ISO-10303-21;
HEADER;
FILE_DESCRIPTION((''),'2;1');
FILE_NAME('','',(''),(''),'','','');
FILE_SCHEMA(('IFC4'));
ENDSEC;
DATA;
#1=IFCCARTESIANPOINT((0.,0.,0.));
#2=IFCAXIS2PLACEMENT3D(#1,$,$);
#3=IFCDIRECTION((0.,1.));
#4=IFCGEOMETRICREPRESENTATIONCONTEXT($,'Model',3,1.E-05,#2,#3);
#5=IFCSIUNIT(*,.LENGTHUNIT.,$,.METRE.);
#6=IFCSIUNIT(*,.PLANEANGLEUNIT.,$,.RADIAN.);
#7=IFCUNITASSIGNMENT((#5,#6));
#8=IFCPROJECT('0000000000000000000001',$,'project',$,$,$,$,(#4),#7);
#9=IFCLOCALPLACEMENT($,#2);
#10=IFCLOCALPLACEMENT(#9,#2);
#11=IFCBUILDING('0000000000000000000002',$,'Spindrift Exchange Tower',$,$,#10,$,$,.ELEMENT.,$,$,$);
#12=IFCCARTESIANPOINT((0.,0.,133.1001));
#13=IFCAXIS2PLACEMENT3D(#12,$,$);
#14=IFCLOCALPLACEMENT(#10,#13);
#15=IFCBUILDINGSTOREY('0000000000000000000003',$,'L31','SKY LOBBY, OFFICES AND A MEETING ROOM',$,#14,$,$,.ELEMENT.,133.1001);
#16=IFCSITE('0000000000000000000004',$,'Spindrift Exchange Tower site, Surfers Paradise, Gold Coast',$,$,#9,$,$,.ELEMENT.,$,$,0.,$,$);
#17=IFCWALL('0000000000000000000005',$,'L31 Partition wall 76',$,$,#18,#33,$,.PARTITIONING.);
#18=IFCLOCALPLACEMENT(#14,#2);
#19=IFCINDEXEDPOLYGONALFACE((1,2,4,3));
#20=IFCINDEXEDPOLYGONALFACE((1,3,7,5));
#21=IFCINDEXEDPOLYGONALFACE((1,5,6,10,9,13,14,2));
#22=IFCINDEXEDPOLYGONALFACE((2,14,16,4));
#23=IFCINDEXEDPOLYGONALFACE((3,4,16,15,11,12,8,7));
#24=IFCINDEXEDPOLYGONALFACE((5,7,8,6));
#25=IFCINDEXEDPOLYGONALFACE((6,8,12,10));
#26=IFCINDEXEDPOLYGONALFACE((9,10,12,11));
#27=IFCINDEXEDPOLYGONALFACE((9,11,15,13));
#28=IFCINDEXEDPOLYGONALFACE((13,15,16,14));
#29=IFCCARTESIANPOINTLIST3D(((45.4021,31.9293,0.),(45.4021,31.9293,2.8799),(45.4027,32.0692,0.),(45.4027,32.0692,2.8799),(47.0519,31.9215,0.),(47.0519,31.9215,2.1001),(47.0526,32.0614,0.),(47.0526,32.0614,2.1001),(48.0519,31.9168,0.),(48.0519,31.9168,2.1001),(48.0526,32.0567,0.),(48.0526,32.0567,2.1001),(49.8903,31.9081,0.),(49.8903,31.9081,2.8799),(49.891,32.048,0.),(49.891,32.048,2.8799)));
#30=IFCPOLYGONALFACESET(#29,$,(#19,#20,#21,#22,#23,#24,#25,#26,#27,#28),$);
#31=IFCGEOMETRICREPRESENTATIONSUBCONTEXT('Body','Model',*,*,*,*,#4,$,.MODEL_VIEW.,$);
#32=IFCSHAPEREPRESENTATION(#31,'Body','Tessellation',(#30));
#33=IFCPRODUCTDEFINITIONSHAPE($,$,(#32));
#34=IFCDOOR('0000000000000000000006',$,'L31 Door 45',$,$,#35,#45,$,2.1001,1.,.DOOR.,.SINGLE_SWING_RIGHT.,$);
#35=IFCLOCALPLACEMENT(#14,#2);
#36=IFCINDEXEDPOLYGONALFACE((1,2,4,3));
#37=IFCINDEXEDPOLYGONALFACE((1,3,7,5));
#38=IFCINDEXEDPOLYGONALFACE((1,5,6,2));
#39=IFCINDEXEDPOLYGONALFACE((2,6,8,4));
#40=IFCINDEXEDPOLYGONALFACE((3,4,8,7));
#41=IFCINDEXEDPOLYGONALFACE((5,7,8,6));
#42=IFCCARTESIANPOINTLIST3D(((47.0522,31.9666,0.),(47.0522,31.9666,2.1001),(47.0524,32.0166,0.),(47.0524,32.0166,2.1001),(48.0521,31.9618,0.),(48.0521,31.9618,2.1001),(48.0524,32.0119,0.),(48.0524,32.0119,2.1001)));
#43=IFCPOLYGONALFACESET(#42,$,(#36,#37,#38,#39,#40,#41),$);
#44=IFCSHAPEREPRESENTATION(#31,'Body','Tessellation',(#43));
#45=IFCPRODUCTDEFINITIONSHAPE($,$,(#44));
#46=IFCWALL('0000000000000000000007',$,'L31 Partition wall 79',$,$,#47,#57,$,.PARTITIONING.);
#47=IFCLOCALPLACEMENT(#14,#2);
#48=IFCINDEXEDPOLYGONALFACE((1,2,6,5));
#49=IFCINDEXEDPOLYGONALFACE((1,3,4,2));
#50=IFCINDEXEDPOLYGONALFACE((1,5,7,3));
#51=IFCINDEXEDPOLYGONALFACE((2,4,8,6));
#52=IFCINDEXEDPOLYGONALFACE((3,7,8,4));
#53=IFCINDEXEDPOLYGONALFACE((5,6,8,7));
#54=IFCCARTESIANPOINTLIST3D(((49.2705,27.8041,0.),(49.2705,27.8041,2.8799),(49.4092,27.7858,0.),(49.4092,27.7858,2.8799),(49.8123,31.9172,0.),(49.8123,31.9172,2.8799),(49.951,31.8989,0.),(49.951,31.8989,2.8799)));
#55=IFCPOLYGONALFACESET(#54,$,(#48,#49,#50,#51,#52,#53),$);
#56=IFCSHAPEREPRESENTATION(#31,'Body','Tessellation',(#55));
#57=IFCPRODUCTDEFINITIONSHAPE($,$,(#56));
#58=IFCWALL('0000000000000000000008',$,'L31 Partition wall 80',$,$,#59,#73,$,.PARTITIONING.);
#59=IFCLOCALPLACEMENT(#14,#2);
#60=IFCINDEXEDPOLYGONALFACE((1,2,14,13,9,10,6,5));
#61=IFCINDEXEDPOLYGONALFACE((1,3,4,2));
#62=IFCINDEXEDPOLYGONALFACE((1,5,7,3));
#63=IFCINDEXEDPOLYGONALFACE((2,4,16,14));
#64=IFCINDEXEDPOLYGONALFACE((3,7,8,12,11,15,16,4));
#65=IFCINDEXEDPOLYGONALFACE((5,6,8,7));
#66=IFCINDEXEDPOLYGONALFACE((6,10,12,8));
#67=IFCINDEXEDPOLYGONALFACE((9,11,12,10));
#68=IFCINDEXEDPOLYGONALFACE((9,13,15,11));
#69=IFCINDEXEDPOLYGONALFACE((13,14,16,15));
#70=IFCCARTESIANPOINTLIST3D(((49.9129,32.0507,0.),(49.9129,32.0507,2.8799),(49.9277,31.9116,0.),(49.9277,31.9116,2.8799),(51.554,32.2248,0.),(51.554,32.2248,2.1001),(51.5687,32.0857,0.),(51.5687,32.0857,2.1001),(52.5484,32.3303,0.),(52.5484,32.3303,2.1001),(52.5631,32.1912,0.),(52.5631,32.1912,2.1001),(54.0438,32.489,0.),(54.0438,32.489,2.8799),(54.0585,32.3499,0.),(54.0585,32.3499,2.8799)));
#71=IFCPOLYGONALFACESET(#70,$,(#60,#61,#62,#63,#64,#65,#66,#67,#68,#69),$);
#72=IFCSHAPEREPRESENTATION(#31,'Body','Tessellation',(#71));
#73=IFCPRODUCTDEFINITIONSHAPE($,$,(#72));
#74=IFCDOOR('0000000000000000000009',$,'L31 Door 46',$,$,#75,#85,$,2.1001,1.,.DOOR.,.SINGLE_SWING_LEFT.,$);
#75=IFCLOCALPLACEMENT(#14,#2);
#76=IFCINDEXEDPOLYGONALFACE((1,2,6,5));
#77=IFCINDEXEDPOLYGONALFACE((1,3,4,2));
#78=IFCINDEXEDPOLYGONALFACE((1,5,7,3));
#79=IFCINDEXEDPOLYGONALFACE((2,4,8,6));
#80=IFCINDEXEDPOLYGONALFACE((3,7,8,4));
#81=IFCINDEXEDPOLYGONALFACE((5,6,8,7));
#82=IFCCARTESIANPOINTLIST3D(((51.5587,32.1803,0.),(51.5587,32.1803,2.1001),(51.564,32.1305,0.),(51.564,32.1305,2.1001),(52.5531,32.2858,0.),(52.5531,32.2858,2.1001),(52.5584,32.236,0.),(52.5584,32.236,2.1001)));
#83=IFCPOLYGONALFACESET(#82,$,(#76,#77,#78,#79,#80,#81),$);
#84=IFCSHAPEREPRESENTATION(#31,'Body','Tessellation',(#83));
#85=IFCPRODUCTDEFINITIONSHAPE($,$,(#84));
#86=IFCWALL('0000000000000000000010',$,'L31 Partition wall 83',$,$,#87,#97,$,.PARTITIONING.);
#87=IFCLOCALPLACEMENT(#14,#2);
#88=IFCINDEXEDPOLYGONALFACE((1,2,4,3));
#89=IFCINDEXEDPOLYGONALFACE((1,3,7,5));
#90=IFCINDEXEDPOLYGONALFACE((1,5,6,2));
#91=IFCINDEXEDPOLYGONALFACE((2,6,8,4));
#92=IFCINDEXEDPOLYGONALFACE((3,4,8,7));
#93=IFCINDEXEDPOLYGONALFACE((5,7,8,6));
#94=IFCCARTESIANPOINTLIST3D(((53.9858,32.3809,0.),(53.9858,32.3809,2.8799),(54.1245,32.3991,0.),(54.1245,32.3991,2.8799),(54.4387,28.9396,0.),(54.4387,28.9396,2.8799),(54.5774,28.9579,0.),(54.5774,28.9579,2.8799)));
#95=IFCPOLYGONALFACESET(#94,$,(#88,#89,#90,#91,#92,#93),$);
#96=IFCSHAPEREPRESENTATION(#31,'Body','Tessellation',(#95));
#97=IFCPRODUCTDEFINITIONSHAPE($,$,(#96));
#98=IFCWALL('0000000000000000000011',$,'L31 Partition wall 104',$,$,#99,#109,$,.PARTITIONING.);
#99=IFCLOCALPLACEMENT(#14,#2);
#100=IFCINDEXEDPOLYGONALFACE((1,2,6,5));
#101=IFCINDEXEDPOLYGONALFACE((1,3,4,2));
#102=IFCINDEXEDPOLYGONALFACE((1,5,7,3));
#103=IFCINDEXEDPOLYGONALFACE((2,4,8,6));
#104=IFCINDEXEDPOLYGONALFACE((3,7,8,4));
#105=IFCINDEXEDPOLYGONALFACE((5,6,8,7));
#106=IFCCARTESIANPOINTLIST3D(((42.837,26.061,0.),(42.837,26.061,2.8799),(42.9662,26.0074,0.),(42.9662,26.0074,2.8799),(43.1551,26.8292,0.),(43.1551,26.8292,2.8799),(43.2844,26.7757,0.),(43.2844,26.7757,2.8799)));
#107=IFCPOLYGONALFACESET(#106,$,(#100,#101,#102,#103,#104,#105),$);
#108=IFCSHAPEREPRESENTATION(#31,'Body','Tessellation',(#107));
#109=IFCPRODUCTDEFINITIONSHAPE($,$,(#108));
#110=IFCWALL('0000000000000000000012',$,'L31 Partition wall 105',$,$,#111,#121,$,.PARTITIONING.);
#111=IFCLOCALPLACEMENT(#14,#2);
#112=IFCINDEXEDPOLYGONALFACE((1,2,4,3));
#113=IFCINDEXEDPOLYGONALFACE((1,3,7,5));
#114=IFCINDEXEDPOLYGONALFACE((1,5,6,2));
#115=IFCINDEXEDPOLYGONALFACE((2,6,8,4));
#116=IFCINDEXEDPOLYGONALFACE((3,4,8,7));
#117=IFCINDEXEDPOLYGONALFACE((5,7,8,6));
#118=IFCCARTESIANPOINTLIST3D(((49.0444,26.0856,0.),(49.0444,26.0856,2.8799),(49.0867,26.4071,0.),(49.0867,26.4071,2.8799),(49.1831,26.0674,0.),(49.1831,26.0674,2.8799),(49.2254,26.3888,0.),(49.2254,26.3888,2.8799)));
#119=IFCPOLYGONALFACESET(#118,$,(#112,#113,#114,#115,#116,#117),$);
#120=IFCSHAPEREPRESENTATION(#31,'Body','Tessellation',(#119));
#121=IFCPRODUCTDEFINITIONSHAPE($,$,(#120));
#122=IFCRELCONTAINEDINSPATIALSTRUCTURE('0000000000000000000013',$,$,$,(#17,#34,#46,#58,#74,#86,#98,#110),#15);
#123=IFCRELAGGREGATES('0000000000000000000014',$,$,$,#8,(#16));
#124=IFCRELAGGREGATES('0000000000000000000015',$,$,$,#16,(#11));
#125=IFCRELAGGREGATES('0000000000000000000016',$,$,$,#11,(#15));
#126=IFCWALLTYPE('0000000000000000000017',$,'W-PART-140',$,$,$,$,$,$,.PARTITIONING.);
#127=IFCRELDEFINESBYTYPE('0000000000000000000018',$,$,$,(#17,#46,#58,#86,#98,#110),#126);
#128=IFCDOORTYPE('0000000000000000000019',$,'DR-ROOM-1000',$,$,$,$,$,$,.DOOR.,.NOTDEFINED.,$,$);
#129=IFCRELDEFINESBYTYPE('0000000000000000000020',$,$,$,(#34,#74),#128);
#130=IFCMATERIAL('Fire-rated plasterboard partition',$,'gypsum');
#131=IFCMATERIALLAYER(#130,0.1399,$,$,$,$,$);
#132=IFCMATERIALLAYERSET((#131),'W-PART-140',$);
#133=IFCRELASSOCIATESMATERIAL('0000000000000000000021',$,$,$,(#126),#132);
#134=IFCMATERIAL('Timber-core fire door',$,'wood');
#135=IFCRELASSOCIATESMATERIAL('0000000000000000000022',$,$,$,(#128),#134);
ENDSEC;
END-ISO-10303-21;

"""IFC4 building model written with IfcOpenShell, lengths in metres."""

from ifc_helpers import new_model, si_unit, direction, frame, frame_2d, origin, place, context, subcontext, project, spatial, rectangle, extrude, source, transform, mapped, material, layer, layer_set, type_object, element, fill, save


model = new_model("IFC4")

# Units and contexts
model_context = context("Model", 3, precision=1e-05, world=origin(), true_north=direction((0.0, 1.0)))
body_context = subcontext(model_context, "Body", "Model", "MODEL_VIEW")
ifc_project = project(units=[si_unit("LENGTHUNIT", "METRE"), si_unit("PLANEANGLEUNIT", "RADIAN")], contexts=[model_context])

# Site, building, storey
site_placement = place(None, origin())
site = spatial("IfcSite", under=ifc_project, at=site_placement, Name="Spindrift Exchange Tower site, Surfers Paradise, Gold Coast", CompositionType="ELEMENT", RefElevation=0.0)
building_placement = place(site_placement, origin())
building = spatial("IfcBuilding", under=site, at=building_placement, Name="Spindrift Exchange Tower", CompositionType="ELEMENT")
storey_placement = place(building_placement, frame((0.0, 0.0, 133.1001)))
storey = spatial("IfcBuildingStorey", under=building, at=storey_placement, Name="L31", Description="SKY LOBBY, OFFICES AND A MEETING ROOM", CompositionType="ELEMENT", Elevation=133.1001)

# Shared definitions
ifc_material_1 = material(Name="Fire-rated plasterboard partition", Category="gypsum")
ifc_layer_1 = layer(ifc_material_1, 0.1399)
ifc_layer_set_1 = layer_set([ifc_layer_1], Name="W-PART-140")
wall_type_1 = type_object("IfcWallType", Name="W-PART-140", PredefinedType="PARTITIONING", material=ifc_layer_set_1)
ifc_material_2 = material(Name="Timber-core fire door", Category="wood")
door_type = type_object("IfcDoorType", Name="DR-ROOM-1000", OperationType="NOTDEFINED", PredefinedType="DOOR", material=ifc_material_2)
shared_shape_1 = source(origin(), body_context, "Body", "SweptSolid", [
    extrude(rectangle(XDim=1.0, YDim=2.1001, at=frame_2d((0.5, 1.05))), frame((0.0, 0.0249, 0.0), z_axis=(0.0, -1.0, 0.0), x_axis=(1.0, 0.0, 0.0)), (0.0, 0.0, 1.0), 0.05),
])

# Wall, opening, door
wall_1_placement = place(storey_placement, frame((49.8906, 31.978, 0.0), z_axis=(0.0, 0.0, 1.0), x_axis=(-0.999989, 0.004732, 0.0)))
wall_1 = element("IfcWall", 1, at=wall_1_placement, inside=storey, type_object=wall_type_1, Name="L31 Partition wall 76", PredefinedType="PARTITIONING", context=body_context, shape_type="SweptSolid", body=[
    extrude(rectangle(XDim=4.4883, YDim=0.1399, at=frame_2d((2.2441, 0.0))), origin(), (0.0, 0.0, 1.0), 2.8799),
])
opening_1_placement = place(wall_1_placement, frame((1.8384, 0.0, 0.0)))
opening_1 = element("IfcOpeningElement", 2, at=opening_1_placement, cuts=wall_1, PredefinedType="OPENING", context=body_context, shape_type="SweptSolid", body=[
    extrude(rectangle(XDim=1.0, YDim=2.1001, at=frame_2d((0.5, 1.05))), frame((0.0, 0.0798, 0.0), z_axis=(0.0, -1.0, 0.0), x_axis=(1.0, 0.0, 0.0)), (0.0, 0.0, 1.0), 0.1599),
])
door_1_placement = place(opening_1_placement, origin())
door_1 = element("IfcDoor", 3, at=door_1_placement, inside=storey, type_object=door_type, Name="L31 Door 45", OperationType="SINGLE_SWING_RIGHT", OverallHeight=2.1001, OverallWidth=1.0, PredefinedType="DOOR", context=body_context, shape_type="MappedRepresentation", body=[
    mapped(shared_shape_1, transform((0.0, 0.0, 0.0), scale=1.0)),
])
fill(opening_1, door_1)

# Wall
wall_2_placement = place(storey_placement, frame((49.8816, 31.908, 0.0), z_axis=(0.0, 0.0, 1.0), x_axis=(-0.130587, -0.991437, 0.0)))
element("IfcWall", 4, at=wall_2_placement, inside=storey, type_object=wall_type_1, Name="L31 Partition wall 79", PredefinedType="PARTITIONING", context=body_context, shape_type="SweptSolid", body=[
    extrude(rectangle(XDim=4.1487, YDim=0.1399, at=frame_2d((2.0742, 0.0))), origin(), (0.0, 0.0, 1.0), 2.8799),
])

# Wall, opening, door
wall_3_placement = place(storey_placement, frame((54.0513, 32.4194, 0.0), z_axis=(0.0, 0.0, 1.0), x_axis=(-0.99442, -0.105495, 0.0)))
wall_3 = element("IfcWall", 5, at=wall_3_placement, inside=storey, type_object=wall_type_1, Name="L31 Partition wall 80", PredefinedType="PARTITIONING", context=body_context, shape_type="SweptSolid", body=[
    extrude(rectangle(XDim=4.1541, YDim=0.1399, at=frame_2d((2.0771, 0.0))), origin(), (0.0, 0.0, 1.0), 2.8799),
])
opening_2_placement = place(wall_3_placement, frame((1.5039, 0.0, 0.0)))
opening_2 = element("IfcOpeningElement", 6, at=opening_2_placement, cuts=wall_3, PredefinedType="OPENING", context=body_context, shape_type="SweptSolid", body=[
    extrude(rectangle(XDim=1.0, YDim=2.1001, at=frame_2d((0.5, 1.05))), frame((0.0, 0.0798, 0.0), z_axis=(0.0, -1.0, 0.0), x_axis=(1.0, 0.0, 0.0)), (0.0, 0.0, 1.0), 0.1599),
])
door_2_placement = place(opening_2_placement, origin())
door_2 = element("IfcDoor", 7, at=door_2_placement, inside=storey, type_object=door_type, Name="L31 Door 46", OperationType="SINGLE_SWING_LEFT", OverallHeight=2.1001, OverallWidth=1.0, PredefinedType="DOOR", context=body_context, shape_type="MappedRepresentation", body=[
    mapped(shared_shape_1, transform((0.0, 0.0, 0.0), scale=1.0)),
])
fill(opening_2, door_2)

# Walls
wall_4_placement = place(storey_placement, frame((54.0552, 32.3899, 0.0), z_axis=(0.0, 0.0, 1.0), x_axis=(0.130482, -0.991451, 0.0)))
element("IfcWall", 8, at=wall_4_placement, inside=storey, type_object=wall_type_1, Name="L31 Partition wall 83", PredefinedType="PARTITIONING", context=body_context, shape_type="SweptSolid", body=[
    extrude(rectangle(XDim=3.4709, YDim=0.1399, at=frame_2d((1.7354, 0.0))), origin(), (0.0, 0.0, 1.0), 2.8799),
])
wall_5_placement = place(storey_placement, frame((43.2197, 26.8025, 0.0), z_axis=(0.0, 0.0, 1.0), x_axis=(-0.382551, -0.923935, 0.0)))
element("IfcWall", 9, at=wall_5_placement, inside=storey, type_object=wall_type_1, Name="L31 Partition wall 104", PredefinedType="PARTITIONING", context=body_context, shape_type="SweptSolid", body=[
    extrude(rectangle(XDim=0.8315, YDim=0.1399, at=frame_2d((0.4158, 0.0))), origin(), (0.0, 0.0, 1.0), 2.8799),
])
wall_6_placement = place(storey_placement, frame((49.156, 26.3979, 0.0), z_axis=(0.0, 0.0, 1.0), x_axis=(-0.13024, -0.991482, 0.0)))
element("IfcWall", 10, at=wall_6_placement, inside=storey, type_object=wall_type_1, Name="L31 Partition wall 105", PredefinedType="PARTITIONING", context=body_context, shape_type="SweptSolid", body=[
    extrude(rectangle(XDim=0.3242, YDim=0.1399, at=frame_2d((0.1621, 0.0))), origin(), (0.0, 0.0, 1.0), 2.8799),
])

save(model, "model.ifc")
